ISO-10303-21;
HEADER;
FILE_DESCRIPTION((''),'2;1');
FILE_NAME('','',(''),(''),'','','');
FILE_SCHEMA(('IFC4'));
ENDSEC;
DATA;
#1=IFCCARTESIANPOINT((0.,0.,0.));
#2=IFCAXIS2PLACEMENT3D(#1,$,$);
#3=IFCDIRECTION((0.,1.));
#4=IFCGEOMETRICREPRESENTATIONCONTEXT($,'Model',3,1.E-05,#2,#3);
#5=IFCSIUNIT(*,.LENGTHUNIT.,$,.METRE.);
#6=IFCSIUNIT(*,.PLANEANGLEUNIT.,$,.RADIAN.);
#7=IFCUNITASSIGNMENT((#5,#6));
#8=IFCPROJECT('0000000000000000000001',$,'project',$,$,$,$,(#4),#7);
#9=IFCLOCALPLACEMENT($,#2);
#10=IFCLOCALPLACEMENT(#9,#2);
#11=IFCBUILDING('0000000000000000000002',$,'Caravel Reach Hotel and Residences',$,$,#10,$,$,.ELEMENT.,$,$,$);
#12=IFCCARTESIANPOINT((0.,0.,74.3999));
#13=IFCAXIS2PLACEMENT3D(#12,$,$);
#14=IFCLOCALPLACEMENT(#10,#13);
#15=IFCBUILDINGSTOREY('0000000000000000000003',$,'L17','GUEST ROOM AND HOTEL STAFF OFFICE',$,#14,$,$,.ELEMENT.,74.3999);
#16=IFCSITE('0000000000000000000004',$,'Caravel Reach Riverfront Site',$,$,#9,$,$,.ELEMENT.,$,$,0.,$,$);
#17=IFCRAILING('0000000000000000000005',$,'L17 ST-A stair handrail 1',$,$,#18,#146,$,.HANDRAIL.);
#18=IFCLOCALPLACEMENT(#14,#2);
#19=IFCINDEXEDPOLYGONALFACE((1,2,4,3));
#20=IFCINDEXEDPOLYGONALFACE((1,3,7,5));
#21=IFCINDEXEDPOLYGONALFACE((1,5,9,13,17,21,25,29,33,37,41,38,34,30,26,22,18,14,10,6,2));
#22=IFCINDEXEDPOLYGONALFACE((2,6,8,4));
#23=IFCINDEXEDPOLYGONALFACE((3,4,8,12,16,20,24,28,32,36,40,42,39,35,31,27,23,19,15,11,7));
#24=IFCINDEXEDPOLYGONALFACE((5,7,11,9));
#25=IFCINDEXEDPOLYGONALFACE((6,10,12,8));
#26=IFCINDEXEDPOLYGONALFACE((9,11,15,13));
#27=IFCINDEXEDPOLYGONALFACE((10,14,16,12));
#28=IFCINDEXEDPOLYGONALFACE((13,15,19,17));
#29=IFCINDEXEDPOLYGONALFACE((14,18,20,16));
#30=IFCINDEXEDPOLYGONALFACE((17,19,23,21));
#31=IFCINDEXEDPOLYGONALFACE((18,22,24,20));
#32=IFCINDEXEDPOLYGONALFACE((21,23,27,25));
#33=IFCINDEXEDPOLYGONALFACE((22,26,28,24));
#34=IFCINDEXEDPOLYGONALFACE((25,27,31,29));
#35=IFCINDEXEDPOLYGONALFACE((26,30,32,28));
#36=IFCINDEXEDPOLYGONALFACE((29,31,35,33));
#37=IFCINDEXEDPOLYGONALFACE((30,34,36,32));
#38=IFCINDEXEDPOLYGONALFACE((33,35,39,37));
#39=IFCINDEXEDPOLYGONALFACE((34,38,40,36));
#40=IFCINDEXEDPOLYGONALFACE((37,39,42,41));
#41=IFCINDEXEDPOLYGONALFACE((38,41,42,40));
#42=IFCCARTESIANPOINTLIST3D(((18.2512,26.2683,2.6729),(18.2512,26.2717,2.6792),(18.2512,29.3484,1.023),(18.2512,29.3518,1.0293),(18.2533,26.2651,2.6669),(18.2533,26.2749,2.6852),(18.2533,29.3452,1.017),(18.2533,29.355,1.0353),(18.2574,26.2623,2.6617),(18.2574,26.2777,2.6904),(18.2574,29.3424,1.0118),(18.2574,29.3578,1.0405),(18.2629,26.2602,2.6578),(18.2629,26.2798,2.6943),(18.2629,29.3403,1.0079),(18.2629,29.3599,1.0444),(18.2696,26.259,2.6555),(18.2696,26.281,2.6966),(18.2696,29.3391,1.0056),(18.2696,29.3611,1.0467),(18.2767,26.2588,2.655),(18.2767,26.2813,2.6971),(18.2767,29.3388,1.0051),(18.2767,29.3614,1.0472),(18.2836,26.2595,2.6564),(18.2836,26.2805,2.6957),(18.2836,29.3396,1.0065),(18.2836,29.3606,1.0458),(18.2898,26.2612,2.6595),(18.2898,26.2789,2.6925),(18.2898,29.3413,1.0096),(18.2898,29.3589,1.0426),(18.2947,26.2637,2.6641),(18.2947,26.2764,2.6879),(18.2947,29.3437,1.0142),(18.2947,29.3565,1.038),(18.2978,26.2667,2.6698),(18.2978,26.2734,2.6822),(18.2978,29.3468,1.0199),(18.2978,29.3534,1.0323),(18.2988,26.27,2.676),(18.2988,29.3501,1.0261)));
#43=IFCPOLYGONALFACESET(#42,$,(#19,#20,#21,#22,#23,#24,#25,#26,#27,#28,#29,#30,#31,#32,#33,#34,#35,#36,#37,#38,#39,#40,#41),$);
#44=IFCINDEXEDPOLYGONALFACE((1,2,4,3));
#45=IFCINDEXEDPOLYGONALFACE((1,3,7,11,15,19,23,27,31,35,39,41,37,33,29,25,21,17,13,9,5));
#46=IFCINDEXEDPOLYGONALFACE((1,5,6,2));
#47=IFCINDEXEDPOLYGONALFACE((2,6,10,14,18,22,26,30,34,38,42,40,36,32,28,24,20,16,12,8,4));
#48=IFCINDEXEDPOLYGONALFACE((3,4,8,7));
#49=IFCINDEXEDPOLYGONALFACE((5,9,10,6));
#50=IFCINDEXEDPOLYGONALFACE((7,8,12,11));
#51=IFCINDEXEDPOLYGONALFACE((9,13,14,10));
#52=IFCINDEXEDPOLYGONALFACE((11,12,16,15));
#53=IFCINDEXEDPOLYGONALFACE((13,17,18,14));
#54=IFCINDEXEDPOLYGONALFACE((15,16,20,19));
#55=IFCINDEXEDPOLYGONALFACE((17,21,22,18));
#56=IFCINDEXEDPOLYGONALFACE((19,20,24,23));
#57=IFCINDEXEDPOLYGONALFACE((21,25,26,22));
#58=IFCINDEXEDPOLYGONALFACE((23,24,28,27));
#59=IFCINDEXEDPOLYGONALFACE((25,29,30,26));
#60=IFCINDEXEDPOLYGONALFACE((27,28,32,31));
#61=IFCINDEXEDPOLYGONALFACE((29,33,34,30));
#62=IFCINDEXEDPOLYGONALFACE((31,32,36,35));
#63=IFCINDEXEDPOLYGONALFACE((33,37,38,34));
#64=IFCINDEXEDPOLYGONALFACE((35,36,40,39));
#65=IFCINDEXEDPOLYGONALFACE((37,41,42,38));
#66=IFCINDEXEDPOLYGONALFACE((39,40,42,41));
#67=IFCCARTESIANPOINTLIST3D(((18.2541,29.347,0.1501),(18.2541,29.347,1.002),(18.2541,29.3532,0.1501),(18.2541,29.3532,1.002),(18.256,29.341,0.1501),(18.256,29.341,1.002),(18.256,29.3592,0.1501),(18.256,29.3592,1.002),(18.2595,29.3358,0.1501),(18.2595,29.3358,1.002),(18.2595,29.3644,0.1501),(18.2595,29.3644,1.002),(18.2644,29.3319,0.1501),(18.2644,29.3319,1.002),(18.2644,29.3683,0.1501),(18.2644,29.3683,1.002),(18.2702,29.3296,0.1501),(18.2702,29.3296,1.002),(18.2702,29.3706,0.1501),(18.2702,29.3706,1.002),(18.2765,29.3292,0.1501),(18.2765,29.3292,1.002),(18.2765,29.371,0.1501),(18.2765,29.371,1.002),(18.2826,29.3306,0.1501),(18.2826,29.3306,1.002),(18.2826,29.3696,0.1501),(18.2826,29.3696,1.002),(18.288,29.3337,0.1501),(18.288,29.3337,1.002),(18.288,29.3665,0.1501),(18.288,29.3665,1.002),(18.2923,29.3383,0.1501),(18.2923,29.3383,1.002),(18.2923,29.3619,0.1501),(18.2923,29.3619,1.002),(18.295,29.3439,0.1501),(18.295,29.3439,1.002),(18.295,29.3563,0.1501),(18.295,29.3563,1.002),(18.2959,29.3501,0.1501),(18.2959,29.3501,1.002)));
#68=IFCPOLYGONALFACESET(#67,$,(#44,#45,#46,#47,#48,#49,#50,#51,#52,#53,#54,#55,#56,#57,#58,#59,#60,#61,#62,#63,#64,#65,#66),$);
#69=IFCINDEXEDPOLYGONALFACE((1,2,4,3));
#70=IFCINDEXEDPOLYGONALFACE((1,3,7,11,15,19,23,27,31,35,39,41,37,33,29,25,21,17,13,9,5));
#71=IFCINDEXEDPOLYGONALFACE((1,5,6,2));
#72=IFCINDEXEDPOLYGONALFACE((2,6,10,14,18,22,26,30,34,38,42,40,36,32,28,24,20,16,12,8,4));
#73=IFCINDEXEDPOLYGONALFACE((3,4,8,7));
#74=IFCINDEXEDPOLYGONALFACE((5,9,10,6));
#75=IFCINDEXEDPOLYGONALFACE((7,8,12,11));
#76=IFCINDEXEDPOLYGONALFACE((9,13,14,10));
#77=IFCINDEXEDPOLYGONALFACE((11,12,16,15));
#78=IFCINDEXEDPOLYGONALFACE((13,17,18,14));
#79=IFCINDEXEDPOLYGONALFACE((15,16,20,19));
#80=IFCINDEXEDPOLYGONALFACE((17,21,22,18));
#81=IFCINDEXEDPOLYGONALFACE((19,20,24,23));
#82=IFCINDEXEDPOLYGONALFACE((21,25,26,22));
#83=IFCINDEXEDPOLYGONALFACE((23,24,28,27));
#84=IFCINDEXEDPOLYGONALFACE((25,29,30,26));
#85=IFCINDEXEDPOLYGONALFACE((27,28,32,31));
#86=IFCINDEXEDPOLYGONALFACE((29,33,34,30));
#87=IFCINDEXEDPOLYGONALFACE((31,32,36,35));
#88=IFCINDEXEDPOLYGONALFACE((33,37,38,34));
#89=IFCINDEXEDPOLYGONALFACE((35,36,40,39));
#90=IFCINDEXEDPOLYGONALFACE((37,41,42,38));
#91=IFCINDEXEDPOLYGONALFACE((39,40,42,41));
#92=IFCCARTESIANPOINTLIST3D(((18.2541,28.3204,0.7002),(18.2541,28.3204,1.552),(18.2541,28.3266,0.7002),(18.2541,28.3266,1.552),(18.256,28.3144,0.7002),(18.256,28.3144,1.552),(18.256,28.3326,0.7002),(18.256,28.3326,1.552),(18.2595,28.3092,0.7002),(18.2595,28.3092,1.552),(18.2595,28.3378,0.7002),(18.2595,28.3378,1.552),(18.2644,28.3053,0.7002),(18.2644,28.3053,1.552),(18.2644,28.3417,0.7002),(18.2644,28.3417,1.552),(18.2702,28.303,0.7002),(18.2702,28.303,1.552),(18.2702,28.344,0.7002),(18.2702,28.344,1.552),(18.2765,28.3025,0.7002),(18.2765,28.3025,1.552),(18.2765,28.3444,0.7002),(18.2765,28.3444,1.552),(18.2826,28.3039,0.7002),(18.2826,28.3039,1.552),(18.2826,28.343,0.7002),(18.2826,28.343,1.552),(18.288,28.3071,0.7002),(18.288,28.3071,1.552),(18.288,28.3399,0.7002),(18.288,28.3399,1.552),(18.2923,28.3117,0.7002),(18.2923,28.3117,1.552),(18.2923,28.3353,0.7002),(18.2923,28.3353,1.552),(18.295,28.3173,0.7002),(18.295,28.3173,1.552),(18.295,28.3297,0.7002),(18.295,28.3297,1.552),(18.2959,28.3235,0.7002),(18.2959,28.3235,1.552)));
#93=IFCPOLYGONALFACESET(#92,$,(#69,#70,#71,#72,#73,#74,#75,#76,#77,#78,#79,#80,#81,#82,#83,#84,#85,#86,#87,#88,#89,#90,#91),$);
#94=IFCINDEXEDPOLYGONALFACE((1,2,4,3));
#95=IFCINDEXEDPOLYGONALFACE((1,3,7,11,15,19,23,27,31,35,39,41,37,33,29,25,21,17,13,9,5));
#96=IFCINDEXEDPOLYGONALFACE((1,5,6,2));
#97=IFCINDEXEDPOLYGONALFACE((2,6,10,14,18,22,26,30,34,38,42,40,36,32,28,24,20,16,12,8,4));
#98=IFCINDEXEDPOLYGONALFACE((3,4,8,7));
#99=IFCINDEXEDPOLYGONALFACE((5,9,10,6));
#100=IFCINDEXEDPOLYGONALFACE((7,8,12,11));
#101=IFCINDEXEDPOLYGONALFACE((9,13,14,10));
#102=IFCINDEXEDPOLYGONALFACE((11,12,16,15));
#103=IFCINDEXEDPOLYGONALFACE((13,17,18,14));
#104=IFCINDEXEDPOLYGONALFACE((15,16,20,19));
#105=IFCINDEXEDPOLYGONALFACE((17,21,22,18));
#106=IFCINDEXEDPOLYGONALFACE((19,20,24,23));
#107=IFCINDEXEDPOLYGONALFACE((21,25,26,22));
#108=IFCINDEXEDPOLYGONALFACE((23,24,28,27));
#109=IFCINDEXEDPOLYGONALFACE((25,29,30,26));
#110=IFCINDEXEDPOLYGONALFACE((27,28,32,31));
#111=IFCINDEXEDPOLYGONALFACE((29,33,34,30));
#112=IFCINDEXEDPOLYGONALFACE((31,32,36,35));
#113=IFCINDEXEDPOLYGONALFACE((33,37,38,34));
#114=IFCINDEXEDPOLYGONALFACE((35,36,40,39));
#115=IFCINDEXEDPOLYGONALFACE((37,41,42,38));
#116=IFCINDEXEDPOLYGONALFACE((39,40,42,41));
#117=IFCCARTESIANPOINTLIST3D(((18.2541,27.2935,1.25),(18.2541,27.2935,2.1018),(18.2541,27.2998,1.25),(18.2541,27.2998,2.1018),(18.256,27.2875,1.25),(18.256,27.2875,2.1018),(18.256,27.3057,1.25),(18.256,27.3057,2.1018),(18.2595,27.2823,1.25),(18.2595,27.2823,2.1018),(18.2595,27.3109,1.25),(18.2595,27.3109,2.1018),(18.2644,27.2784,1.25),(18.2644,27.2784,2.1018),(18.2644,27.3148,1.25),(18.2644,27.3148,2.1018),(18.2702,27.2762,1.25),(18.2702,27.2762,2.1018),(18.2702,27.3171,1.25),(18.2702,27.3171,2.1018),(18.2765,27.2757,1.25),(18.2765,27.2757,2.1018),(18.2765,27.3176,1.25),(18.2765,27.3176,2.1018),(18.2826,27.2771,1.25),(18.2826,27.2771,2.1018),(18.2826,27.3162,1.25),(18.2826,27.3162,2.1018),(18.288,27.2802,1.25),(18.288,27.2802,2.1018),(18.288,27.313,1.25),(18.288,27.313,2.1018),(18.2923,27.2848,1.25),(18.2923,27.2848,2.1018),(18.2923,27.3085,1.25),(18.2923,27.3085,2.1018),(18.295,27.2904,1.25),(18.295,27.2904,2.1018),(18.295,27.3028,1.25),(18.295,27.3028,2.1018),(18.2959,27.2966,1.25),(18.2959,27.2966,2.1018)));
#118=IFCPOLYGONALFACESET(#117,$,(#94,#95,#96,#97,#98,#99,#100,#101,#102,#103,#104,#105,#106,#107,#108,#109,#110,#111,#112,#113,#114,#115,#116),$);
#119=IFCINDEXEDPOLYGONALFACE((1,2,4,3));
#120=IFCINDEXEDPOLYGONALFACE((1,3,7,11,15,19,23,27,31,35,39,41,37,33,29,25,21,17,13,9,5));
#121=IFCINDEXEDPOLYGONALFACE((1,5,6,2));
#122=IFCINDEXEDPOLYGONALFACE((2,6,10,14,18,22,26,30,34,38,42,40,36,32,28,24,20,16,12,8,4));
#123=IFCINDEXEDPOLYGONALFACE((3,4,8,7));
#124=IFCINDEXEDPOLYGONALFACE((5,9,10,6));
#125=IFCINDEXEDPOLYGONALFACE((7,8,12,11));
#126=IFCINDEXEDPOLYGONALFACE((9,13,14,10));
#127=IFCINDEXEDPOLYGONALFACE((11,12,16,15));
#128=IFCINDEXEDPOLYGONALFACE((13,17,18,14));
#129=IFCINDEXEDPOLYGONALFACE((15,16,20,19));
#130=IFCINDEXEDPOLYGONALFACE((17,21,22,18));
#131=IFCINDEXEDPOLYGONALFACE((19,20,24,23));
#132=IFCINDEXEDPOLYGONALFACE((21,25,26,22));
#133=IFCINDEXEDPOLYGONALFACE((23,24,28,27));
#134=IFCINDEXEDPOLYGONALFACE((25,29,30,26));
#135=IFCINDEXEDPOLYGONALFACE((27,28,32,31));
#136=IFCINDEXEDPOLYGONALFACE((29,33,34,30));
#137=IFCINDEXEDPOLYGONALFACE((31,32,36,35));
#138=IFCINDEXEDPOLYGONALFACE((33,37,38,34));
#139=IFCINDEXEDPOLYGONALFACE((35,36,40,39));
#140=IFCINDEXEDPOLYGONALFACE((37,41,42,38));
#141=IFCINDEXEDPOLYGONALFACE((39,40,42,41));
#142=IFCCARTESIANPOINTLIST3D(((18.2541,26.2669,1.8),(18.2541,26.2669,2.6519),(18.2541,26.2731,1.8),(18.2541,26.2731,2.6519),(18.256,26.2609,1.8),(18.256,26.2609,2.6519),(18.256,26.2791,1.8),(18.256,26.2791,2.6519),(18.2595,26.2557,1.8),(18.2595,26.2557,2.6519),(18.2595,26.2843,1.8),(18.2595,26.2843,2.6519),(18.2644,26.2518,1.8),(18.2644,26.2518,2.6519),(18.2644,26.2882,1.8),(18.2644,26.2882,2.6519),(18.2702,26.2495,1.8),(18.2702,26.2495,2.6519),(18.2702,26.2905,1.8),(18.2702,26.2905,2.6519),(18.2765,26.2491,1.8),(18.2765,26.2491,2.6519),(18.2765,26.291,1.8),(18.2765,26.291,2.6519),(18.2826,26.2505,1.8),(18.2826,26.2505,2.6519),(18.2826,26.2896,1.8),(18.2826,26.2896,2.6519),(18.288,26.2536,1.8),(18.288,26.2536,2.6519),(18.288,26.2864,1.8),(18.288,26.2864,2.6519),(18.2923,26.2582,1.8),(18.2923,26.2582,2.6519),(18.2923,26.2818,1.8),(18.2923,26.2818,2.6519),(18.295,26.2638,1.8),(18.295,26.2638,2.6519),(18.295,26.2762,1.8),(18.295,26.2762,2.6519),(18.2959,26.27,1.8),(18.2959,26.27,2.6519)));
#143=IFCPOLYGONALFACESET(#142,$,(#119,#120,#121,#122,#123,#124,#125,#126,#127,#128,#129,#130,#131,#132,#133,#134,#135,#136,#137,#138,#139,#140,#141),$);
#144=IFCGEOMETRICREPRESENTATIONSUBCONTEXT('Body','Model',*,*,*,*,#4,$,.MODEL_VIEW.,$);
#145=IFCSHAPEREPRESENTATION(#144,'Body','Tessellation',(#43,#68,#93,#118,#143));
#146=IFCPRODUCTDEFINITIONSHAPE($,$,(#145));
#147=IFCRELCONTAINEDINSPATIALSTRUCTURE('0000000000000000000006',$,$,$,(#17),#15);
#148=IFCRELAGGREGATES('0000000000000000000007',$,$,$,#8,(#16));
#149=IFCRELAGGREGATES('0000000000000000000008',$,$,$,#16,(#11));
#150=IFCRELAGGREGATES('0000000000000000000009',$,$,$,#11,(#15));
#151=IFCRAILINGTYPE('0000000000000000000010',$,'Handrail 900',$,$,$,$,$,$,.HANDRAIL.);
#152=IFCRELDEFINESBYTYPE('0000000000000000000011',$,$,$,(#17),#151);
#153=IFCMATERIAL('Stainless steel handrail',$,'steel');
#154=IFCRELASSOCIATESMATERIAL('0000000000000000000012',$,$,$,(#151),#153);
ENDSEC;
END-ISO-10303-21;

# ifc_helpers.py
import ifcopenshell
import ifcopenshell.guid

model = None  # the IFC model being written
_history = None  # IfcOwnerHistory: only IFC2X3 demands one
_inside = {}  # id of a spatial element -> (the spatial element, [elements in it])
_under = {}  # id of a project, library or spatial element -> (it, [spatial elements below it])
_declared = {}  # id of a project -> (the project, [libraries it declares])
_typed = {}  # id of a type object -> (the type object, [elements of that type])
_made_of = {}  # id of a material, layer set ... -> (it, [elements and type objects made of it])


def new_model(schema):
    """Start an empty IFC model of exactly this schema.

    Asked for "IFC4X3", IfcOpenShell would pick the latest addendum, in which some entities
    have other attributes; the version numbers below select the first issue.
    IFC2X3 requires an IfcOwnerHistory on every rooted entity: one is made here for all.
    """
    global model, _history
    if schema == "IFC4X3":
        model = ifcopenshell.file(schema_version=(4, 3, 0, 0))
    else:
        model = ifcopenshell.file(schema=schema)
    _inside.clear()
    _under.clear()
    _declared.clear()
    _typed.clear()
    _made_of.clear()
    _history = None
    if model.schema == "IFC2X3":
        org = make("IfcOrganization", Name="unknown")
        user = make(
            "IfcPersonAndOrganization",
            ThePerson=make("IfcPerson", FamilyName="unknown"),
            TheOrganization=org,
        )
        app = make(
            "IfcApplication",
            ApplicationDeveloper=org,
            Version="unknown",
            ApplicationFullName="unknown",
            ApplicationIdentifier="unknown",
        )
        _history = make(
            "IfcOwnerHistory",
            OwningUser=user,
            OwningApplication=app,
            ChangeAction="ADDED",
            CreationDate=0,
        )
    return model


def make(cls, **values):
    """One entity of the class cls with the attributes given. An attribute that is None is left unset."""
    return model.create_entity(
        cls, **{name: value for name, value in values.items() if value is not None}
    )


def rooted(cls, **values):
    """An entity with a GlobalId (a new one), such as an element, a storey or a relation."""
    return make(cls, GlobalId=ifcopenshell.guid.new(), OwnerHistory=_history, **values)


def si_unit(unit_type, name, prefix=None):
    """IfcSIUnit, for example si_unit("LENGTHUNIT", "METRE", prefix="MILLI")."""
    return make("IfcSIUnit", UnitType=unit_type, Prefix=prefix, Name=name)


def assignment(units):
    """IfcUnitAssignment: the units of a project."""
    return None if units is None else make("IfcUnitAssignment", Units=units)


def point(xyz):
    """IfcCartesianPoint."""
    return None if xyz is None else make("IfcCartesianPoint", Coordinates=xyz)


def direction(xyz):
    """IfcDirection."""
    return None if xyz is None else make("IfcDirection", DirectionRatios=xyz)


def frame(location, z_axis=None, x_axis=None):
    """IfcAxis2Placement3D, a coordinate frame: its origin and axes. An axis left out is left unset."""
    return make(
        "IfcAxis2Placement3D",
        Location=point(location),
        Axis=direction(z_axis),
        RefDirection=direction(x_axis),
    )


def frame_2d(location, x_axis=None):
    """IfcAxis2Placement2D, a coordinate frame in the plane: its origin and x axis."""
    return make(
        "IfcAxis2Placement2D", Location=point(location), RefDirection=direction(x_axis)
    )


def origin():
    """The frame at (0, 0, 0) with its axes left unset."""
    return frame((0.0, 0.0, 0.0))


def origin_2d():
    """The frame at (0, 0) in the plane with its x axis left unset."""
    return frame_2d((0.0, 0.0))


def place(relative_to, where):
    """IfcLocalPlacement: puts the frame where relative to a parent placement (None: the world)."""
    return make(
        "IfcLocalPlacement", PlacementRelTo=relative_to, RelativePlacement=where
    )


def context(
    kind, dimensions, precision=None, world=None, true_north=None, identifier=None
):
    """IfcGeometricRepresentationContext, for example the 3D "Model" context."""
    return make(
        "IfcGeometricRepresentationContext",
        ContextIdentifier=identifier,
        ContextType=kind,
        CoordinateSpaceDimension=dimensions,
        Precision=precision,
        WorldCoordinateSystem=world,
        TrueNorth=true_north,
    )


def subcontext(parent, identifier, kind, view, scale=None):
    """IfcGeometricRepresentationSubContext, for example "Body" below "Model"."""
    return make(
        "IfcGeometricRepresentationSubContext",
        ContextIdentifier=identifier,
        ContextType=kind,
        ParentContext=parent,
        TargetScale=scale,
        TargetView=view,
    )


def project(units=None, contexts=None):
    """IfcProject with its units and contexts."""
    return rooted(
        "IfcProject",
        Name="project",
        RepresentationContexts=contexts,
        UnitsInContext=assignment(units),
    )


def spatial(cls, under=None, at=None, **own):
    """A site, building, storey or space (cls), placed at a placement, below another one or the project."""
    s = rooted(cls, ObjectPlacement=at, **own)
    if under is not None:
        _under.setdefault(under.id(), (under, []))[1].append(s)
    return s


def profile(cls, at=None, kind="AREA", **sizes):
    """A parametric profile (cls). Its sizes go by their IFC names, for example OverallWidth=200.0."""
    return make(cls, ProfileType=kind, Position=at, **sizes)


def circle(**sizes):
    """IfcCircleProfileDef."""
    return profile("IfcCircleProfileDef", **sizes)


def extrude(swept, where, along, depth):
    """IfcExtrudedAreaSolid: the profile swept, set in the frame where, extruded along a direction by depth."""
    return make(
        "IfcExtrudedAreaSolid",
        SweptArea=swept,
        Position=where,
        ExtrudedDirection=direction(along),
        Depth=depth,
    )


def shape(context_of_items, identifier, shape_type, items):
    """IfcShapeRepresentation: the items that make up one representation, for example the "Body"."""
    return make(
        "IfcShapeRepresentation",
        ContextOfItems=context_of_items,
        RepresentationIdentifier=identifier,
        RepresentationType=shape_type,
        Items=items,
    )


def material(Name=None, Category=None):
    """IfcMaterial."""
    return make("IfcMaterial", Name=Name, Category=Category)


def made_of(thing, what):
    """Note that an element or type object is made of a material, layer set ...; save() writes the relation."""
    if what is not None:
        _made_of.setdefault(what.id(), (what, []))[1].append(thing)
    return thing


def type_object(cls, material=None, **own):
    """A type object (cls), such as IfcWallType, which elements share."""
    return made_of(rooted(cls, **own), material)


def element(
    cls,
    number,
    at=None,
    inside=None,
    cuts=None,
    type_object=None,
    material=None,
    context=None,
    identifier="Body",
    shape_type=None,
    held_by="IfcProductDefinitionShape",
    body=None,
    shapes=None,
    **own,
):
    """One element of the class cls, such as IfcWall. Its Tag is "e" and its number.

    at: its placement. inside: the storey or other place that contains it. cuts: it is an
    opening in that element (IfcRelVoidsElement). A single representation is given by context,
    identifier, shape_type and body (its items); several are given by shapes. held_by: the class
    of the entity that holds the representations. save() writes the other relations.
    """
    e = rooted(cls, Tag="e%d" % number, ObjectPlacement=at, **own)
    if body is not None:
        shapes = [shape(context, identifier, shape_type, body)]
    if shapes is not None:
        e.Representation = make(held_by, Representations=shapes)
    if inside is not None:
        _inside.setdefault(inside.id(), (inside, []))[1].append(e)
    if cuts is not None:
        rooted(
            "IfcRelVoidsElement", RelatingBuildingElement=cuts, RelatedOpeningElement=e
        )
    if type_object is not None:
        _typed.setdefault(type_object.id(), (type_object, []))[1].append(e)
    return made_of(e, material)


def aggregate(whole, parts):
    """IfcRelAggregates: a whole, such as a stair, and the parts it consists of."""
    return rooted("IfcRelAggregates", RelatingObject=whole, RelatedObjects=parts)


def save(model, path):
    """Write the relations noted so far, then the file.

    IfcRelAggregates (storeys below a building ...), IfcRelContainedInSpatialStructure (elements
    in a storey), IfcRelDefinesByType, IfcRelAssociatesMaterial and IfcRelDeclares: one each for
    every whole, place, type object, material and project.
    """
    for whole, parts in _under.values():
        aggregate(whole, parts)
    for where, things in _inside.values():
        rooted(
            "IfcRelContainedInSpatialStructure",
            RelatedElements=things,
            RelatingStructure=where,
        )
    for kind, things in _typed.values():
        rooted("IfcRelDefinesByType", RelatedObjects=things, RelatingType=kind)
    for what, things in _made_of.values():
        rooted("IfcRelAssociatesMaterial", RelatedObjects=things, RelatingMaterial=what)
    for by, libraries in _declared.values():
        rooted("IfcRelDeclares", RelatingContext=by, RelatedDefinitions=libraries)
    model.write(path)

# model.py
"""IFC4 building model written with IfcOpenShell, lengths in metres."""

from ifc_helpers import new_model, si_unit, direction, frame, origin, origin_2d, place, context, subcontext, project, spatial, circle, extrude, material, type_object, element, save


model = new_model("IFC4")

# Units and contexts
model_context = context("Model", 3, precision=1e-05, world=origin(), true_north=direction((0.0, 1.0)))
body_context = subcontext(model_context, "Body", "Model", "MODEL_VIEW")
ifc_project = project(units=[si_unit("LENGTHUNIT", "METRE"), si_unit("PLANEANGLEUNIT", "RADIAN")], contexts=[model_context])

# Site, building, storey
site_placement = place(None, origin())
site = spatial("IfcSite", under=ifc_project, at=site_placement, Name="Caravel Reach Riverfront Site", CompositionType="ELEMENT", RefElevation=0.0)
building_placement = place(site_placement, origin())
building = spatial("IfcBuilding", under=site, at=building_placement, Name="Caravel Reach Hotel and Residences", CompositionType="ELEMENT")
storey_placement = place(building_placement, frame((0.0, 0.0, 74.3999)))
storey = spatial("IfcBuildingStorey", under=building, at=storey_placement, Name="L17", Description="GUEST ROOM AND HOTEL STAFF OFFICE", CompositionType="ELEMENT", Elevation=74.3999)

# Railing
ifc_material_1 = material(Name="Stainless steel handrail", Category="steel")
railing_type_1 = type_object("IfcRailingType", Name="Handrail 900", PredefinedType="HANDRAIL", material=ifc_material_1)
railing_1_placement = place(storey_placement, frame((18.2749, 29.3501, 0.1501)))
element("IfcRailing", 1, at=railing_1_placement, inside=storey, type_object=railing_type_1, Name="L17 ST-A stair handrail 1", PredefinedType="HANDRAIL", context=body_context, shape_type="SweptSolid", body=[
    extrude(circle(Radius=0.0239, at=origin_2d()), frame((0.0, 0.0, 0.876), z_axis=(0.0, -0.881497, 0.47219), x_axis=(1.0, 0.0, 0.0)), (0.0, 0.0, 1.0), 3.4941),
    extrude(circle(Radius=0.021, at=origin_2d()), origin(), (0.0, 0.0, 1.0), 0.8518),
    extrude(circle(Radius=0.021, at=origin_2d()), frame((0.0, -1.0266, 0.55)), (0.0, 0.0, 1.0), 0.8518),
    extrude(circle(Radius=0.021, at=origin_2d()), frame((0.0, -2.0535, 1.0999)), (0.0, 0.0, 1.0), 0.8518),
    extrude(circle(Radius=0.021, at=origin_2d()), frame((0.0, -3.0801, 1.6499)), (0.0, 0.0, 1.0), 0.8518),
])

save(model, "model.ifc")
